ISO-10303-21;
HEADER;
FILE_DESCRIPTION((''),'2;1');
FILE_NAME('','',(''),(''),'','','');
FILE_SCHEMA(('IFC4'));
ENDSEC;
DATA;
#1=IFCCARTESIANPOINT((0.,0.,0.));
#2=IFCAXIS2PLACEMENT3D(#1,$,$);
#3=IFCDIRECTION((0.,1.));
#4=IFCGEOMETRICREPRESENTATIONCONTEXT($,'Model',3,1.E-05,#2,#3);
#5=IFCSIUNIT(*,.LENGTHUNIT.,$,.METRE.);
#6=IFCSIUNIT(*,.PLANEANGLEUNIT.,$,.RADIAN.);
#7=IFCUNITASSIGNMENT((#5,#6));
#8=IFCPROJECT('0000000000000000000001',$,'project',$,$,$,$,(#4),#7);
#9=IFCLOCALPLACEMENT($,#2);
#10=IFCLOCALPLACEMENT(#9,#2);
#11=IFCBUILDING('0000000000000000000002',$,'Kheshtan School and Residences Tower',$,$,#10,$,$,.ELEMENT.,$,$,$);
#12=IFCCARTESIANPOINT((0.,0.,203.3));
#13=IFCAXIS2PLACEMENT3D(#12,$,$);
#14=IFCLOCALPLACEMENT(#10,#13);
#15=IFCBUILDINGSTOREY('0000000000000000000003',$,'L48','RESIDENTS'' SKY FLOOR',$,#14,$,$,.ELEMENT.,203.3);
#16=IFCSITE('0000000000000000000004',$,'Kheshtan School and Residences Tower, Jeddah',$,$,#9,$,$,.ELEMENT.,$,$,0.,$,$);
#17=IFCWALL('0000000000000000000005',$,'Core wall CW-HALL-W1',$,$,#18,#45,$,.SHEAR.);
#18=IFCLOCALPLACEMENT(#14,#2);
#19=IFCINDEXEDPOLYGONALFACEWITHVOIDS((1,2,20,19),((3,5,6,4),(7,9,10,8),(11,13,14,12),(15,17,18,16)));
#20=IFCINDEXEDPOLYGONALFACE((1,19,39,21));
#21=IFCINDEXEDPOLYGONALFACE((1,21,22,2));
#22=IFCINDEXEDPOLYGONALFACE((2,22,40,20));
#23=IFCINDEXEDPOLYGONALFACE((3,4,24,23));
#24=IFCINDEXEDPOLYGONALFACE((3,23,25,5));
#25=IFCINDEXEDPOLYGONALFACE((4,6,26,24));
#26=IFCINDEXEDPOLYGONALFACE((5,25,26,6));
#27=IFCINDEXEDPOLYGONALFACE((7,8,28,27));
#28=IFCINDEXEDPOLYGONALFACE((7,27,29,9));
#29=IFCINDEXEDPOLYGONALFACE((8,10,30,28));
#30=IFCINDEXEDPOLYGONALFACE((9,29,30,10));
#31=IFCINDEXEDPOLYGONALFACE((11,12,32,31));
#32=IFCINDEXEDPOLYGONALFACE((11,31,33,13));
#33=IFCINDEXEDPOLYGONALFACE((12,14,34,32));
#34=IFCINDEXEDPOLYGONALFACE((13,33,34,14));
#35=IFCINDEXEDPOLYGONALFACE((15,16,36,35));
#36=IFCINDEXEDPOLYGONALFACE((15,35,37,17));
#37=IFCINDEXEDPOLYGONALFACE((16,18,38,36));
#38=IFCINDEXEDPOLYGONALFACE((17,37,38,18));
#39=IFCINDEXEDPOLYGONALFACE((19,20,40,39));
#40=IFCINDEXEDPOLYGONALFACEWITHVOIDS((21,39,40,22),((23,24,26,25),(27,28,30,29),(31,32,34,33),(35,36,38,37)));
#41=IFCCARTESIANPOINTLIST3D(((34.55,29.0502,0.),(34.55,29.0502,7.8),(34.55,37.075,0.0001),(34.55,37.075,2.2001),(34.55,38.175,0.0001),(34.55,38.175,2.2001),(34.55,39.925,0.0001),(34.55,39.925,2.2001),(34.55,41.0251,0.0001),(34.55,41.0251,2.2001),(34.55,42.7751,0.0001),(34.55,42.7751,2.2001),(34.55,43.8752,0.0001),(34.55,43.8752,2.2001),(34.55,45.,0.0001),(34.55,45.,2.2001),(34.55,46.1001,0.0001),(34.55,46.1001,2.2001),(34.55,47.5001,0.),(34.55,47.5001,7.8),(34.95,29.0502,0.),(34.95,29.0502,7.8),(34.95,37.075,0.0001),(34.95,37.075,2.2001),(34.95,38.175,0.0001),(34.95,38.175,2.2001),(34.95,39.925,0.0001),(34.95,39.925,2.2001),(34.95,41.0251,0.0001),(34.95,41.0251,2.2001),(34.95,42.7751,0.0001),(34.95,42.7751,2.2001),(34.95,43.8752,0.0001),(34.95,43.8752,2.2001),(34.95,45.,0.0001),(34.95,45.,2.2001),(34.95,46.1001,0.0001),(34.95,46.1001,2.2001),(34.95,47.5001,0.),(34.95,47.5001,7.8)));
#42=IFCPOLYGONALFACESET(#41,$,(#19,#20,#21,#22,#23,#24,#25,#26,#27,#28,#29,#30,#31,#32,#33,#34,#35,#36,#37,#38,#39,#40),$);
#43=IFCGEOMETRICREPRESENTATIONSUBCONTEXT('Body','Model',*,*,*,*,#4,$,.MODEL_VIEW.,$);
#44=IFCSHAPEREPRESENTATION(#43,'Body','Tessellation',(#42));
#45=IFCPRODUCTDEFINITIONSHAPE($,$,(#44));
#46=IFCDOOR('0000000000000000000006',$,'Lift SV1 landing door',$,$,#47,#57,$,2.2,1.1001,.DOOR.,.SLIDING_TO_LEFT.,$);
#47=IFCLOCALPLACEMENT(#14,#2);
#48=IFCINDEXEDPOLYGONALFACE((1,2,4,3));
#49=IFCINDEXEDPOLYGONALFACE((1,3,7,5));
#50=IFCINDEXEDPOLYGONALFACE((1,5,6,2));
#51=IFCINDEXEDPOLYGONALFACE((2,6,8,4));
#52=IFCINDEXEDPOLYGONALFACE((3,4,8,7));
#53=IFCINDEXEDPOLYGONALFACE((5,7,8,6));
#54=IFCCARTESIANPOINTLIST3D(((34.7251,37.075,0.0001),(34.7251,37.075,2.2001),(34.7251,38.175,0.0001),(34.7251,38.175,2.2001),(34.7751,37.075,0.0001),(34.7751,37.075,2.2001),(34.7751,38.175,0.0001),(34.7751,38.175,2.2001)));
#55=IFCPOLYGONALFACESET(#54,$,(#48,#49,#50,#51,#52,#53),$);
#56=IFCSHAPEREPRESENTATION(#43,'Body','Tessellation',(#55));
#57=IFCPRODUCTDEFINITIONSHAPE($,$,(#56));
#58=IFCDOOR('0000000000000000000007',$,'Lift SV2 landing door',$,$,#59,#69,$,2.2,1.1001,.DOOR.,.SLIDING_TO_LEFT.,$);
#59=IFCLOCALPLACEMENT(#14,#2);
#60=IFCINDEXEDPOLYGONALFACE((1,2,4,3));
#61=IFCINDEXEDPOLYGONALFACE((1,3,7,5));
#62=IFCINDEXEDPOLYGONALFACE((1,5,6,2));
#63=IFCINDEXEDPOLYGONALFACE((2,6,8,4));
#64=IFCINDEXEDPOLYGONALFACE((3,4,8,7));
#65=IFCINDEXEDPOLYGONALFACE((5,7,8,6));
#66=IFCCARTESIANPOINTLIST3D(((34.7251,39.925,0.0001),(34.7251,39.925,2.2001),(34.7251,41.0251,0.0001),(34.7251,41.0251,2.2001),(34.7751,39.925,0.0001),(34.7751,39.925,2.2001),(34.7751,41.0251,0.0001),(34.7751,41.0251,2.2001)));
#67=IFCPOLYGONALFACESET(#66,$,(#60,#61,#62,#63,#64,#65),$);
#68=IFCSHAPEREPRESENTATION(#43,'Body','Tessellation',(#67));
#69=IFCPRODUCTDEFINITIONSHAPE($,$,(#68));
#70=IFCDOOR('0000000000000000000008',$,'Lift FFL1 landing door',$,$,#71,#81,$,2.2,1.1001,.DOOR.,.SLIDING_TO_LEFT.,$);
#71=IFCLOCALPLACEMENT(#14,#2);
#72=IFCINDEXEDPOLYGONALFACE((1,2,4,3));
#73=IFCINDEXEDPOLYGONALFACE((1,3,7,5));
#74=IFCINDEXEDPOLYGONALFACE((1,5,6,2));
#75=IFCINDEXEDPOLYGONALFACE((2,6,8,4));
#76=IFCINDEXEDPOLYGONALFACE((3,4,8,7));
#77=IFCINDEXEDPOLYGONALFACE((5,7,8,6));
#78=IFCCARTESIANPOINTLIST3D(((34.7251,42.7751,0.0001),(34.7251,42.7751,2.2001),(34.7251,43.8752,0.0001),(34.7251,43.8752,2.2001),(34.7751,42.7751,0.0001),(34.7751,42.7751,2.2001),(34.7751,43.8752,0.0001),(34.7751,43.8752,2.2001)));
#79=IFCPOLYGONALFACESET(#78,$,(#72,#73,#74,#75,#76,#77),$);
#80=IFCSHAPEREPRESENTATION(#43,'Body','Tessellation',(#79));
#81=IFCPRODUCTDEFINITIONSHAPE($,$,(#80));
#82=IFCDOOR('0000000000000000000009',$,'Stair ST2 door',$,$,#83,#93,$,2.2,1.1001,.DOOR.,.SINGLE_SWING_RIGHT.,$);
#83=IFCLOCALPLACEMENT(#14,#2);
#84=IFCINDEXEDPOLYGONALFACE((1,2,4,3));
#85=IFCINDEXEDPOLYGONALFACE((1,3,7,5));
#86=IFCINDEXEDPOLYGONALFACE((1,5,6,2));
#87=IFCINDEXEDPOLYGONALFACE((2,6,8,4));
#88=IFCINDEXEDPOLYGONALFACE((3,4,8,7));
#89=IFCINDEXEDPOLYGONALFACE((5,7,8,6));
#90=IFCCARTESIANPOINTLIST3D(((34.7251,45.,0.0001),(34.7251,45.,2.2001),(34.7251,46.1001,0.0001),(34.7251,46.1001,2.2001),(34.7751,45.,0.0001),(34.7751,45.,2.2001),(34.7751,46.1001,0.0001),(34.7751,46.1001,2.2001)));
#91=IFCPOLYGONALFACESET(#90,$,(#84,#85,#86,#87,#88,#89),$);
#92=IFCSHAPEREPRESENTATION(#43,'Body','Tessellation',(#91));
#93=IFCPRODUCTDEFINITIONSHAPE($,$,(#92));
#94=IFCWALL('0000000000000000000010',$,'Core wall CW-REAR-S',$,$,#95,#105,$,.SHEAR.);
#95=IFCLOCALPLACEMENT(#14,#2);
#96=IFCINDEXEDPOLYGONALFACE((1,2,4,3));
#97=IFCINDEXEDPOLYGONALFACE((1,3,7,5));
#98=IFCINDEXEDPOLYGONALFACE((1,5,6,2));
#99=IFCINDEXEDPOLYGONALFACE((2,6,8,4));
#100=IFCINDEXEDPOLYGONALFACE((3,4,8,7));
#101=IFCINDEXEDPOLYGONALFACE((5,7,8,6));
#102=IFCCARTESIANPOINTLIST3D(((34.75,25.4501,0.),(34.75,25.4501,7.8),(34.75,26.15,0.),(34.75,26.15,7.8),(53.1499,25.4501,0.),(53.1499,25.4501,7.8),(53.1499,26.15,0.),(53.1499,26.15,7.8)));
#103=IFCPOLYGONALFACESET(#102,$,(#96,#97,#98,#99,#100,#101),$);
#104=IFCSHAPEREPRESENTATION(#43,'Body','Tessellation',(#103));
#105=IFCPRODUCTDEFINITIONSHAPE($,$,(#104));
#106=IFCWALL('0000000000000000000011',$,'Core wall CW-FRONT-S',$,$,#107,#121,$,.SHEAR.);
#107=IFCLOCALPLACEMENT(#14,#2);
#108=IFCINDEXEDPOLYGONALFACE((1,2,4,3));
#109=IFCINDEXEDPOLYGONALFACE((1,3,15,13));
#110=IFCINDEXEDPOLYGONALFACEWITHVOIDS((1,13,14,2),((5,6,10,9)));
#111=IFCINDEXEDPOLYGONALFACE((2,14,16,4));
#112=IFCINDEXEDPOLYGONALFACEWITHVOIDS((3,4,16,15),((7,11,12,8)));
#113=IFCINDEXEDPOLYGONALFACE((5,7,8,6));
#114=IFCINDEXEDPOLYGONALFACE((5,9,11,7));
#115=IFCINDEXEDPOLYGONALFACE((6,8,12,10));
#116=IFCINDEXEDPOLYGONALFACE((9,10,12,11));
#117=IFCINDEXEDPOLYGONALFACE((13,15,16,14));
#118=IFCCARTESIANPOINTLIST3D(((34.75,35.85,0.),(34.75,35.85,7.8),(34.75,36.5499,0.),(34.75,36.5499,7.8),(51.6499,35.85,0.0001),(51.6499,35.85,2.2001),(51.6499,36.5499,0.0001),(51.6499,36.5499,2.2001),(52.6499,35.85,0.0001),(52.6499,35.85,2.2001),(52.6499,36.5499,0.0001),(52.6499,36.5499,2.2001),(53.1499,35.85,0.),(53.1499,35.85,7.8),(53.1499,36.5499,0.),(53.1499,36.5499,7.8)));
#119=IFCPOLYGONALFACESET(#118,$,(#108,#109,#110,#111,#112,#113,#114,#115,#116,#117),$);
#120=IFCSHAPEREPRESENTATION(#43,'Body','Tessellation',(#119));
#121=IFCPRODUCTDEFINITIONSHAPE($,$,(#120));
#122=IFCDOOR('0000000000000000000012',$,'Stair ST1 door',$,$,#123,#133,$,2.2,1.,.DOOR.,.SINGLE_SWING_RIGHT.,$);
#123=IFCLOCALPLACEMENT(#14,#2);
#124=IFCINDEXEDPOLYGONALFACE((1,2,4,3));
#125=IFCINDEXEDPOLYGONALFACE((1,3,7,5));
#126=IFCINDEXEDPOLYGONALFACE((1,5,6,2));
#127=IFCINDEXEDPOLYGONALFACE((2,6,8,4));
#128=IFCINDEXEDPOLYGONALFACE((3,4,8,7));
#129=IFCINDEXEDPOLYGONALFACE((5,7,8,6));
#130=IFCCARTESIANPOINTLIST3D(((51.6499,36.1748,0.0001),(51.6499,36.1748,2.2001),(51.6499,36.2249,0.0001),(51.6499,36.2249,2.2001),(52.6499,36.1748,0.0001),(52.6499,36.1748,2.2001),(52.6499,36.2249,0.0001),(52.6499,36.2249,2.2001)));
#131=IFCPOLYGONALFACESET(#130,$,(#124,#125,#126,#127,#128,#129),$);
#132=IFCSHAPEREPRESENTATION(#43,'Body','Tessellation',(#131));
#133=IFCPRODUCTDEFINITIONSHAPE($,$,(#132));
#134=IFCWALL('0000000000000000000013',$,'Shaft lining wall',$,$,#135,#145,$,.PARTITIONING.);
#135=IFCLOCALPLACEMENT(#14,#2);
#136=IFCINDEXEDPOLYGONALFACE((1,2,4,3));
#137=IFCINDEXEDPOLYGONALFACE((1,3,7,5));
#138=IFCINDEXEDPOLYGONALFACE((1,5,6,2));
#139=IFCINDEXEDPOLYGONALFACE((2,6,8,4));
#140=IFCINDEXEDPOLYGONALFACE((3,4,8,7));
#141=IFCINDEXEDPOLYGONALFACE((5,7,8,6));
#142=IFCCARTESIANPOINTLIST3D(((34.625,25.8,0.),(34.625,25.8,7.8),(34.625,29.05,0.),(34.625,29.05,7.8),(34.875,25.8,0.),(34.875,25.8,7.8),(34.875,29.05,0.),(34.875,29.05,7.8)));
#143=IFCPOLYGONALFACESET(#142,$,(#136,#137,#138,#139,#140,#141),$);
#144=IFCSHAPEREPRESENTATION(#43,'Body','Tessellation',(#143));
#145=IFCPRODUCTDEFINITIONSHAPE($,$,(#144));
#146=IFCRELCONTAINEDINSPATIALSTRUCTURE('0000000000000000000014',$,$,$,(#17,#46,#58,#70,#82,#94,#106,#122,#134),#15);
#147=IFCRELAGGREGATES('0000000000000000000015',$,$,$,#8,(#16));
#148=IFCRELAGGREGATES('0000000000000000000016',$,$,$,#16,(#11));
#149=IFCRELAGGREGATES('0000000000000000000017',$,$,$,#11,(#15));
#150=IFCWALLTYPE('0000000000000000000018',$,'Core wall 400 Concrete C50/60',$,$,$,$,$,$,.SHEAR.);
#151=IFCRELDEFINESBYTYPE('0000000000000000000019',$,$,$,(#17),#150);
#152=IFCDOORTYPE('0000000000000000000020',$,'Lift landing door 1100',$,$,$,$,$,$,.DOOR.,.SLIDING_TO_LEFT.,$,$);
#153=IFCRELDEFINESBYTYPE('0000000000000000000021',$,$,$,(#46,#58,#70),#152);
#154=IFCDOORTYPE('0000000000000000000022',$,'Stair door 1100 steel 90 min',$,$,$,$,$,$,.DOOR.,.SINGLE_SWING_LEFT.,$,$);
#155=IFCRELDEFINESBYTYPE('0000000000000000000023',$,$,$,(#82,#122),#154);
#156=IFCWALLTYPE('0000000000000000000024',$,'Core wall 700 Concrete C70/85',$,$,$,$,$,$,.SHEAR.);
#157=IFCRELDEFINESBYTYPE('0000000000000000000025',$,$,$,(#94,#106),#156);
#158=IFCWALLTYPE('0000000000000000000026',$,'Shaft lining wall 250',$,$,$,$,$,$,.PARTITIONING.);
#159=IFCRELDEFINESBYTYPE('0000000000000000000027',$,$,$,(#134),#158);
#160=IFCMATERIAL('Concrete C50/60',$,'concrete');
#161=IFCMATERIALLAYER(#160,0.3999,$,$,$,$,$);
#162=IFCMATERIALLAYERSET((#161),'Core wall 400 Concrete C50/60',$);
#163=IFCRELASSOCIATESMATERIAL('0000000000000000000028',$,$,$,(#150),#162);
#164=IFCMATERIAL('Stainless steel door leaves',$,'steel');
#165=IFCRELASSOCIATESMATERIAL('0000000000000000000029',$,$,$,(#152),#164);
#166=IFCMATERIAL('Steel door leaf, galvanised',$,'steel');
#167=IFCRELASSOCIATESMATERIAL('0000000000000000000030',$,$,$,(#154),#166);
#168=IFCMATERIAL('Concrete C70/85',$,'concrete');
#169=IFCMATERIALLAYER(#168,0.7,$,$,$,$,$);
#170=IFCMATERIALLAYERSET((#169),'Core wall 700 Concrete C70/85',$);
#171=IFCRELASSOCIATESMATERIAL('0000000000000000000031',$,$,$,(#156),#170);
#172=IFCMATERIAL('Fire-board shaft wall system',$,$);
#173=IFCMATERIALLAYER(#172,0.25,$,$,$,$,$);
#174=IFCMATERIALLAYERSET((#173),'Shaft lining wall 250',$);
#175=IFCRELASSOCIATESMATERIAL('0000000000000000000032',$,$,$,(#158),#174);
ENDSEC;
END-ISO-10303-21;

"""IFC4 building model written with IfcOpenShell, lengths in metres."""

from ifc_helpers import new_model, si_unit, direction, frame, frame_2d, origin, place, context, subcontext, project, spatial, rectangle, extrude, source, transform, mapped, material, layer, layer_set, type_object, element, fill, save


model = new_model("IFC4")

# Units and contexts
model_context = context("Model", 3, precision=1e-05, world=origin(), true_north=direction((0.0, 1.0)))
body_context = subcontext(model_context, "Body", "Model", "MODEL_VIEW")
ifc_project = project(units=[si_unit("LENGTHUNIT", "METRE"), si_unit("PLANEANGLEUNIT", "RADIAN")], contexts=[model_context])

# Site, building, storey
site_placement = place(None, origin())
site = spatial("IfcSite", under=ifc_project, at=site_placement, Name="Kheshtan School and Residences Tower, Jeddah", CompositionType="ELEMENT", RefElevation=0.0)
building_placement = place(site_placement, origin())
building = spatial("IfcBuilding", under=site, at=building_placement, Name="Kheshtan School and Residences Tower", CompositionType="ELEMENT")
storey_placement = place(building_placement, frame((0.0, 0.0, 203.3)))
storey = spatial("IfcBuildingStorey", under=building, at=storey_placement, Name="L48", Description="RESIDENTS' SKY FLOOR", CompositionType="ELEMENT", Elevation=203.3)

# Shared definitions
ifc_material_1 = material(Name="Concrete C50/60", Category="concrete")
ifc_layer_1 = layer(ifc_material_1, 0.3999)
ifc_layer_set_1 = layer_set([ifc_layer_1], Name="Core wall 400 Concrete C50/60")
wall_type_1 = type_object("IfcWallType", Name="Core wall 400 Concrete C50/60", PredefinedType="SHEAR", material=ifc_layer_set_1)
ifc_material_2 = material(Name="Stainless steel door leaves", Category="steel")
door_type_1 = type_object("IfcDoorType", Name="Lift landing door 1100", OperationType="SLIDING_TO_LEFT", PredefinedType="DOOR", material=ifc_material_2)
shared_shape_1 = source(origin(), body_context, "Body", "SweptSolid", [
    extrude(rectangle(XDim=1.1001, YDim=2.2, at=frame_2d((0.55, 1.1001))), frame((0.0, 0.0249, 0.0), z_axis=(0.0, -1.0, 0.0), x_axis=(1.0, 0.0, 0.0)), (0.0, 0.0, 1.0), 0.05),
])

# Wall, openings, doors
wall_1_placement = place(storey_placement, frame((34.75, 29.05, 0.0), z_axis=(0.0, 0.0, 1.0), x_axis=(0.0, 1.0, 0.0)))
wall_1 = element("IfcWall", 1, at=wall_1_placement, inside=storey, type_object=wall_type_1, Name="Core wall CW-HALL-W1", PredefinedType="SHEAR", context=body_context, shape_type="SweptSolid", body=[
    extrude(rectangle(XDim=18.45, YDim=0.3999, at=frame_2d((9.2251, 0.0))), origin(), (0.0, 0.0, 1.0), 7.8),
])
opening_1_placement = place(wall_1_placement, frame((8.0249, 0.0, 0.0)))
opening_1 = element("IfcOpeningElement", 2, at=opening_1_placement, cuts=wall_1, PredefinedType="OPENING", context=body_context, shape_type="SweptSolid", body=[
    extrude(rectangle(XDim=1.1001, YDim=2.2, at=frame_2d((0.55, 1.1001))), frame((0.0, 0.21, 0.0), z_axis=(0.0, -1.0, 0.0), x_axis=(1.0, 0.0, 0.0)), (0.0, 0.0, 1.0), 0.4199),
])
opening_2_placement = place(wall_1_placement, frame((10.875, 0.0, 0.0)))
opening_2 = element("IfcOpeningElement", 3, at=opening_2_placement, cuts=wall_1, PredefinedType="OPENING", context=body_context, shape_type="SweptSolid", body=[
    extrude(rectangle(XDim=1.1001, YDim=2.2, at=frame_2d((0.55, 1.1001))), frame((0.0, 0.21, 0.0), z_axis=(0.0, -1.0, 0.0), x_axis=(1.0, 0.0, 0.0)), (0.0, 0.0, 1.0), 0.4199),
])
opening_3_placement = place(wall_1_placement, frame((13.7251, 0.0, 0.0)))
opening_3 = element("IfcOpeningElement", 4, at=opening_3_placement, cuts=wall_1, PredefinedType="OPENING", context=body_context, shape_type="SweptSolid", body=[
    extrude(rectangle(XDim=1.1001, YDim=2.2, at=frame_2d((0.55, 1.1001))), frame((0.0, 0.21, 0.0), z_axis=(0.0, -1.0, 0.0), x_axis=(1.0, 0.0, 0.0)), (0.0, 0.0, 1.0), 0.4199),
])
opening_4_placement = place(wall_1_placement, frame((15.95, 0.0, 0.0)))
opening_4 = element("IfcOpeningElement", 5, at=opening_4_placement, cuts=wall_1, PredefinedType="OPENING", context=body_context, shape_type="SweptSolid", body=[
    extrude(rectangle(XDim=1.1001, YDim=2.2, at=frame_2d((0.55, 1.1001))), frame((0.0, 0.21, 0.0), z_axis=(0.0, -1.0, 0.0), x_axis=(1.0, 0.0, 0.0)), (0.0, 0.0, 1.0), 0.4199),
])
door_1_placement = place(opening_1_placement, origin())
door_1 = element("IfcDoor", 6, at=door_1_placement, inside=storey, type_object=door_type_1, Name="Lift SV1 landing door", OperationType="SLIDING_TO_LEFT", OverallHeight=2.2, OverallWidth=1.1001, PredefinedType="DOOR", context=body_context, shape_type="MappedRepresentation", body=[
    mapped(shared_shape_1, transform((0.0, 0.0, 0.0), x_axis=(1.0, 0.0, 0.0), y_axis=(0.0, 1.0, 0.0), z_axis=(0.0, 0.0, 1.0), scale=1.0)),
])
fill(opening_1, door_1)
door_2_placement = place(opening_2_placement, origin())
door_2 = element("IfcDoor", 7, at=door_2_placement, inside=storey, type_object=door_type_1, Name="Lift SV2 landing door", OperationType="SLIDING_TO_LEFT", OverallHeight=2.2, OverallWidth=1.1001, PredefinedType="DOOR", context=body_context, shape_type="MappedRepresentation", body=[
    mapped(shared_shape_1, transform((0.0, 0.0, 0.0), x_axis=(1.0, 0.0, 0.0), y_axis=(0.0, 1.0, 0.0), z_axis=(0.0, 0.0, 1.0), scale=1.0)),
])
fill(opening_2, door_2)
door_3_placement = place(opening_3_placement, origin())
door_3 = element("IfcDoor", 8, at=door_3_placement, inside=storey, type_object=door_type_1, Name="Lift FFL1 landing door", OperationType="SLIDING_TO_LEFT", OverallHeight=2.2, OverallWidth=1.1001, PredefinedType="DOOR", context=body_context, shape_type="MappedRepresentation", body=[
    mapped(shared_shape_1, transform((0.0, 0.0, 0.0), x_axis=(1.0, 0.0, 0.0), y_axis=(0.0, 1.0, 0.0), z_axis=(0.0, 0.0, 1.0), scale=1.0)),
])
fill(opening_3, door_3)
ifc_material_3 = material(Name="Steel door leaf, galvanised", Category="steel")
door_type_2 = type_object("IfcDoorType", Name="Stair door 1100 steel 90 min", OperationType="SINGLE_SWING_LEFT", PredefinedType="DOOR", material=ifc_material_3)
shared_shape_2 = source(origin(), body_context, "Body", "SweptSolid", [
    extrude(rectangle(XDim=1.1001, YDim=2.2, at=frame_2d((0.55, 1.1001))), frame((0.0, 0.0249, 0.0), z_axis=(0.0, -1.0, 0.0), x_axis=(1.0, 0.0, 0.0)), (0.0, 0.0, 1.0), 0.05),
])
door_4_placement = place(opening_4_placement, origin())
door_4 = element("IfcDoor", 9, at=door_4_placement, inside=storey, type_object=door_type_2, Name="Stair ST2 door", OperationType="SINGLE_SWING_RIGHT", OverallHeight=2.2, OverallWidth=1.1001, PredefinedType="DOOR", context=body_context, shape_type="MappedRepresentation", body=[
    mapped(shared_shape_2, transform((0.0, 0.0, 0.0), x_axis=(1.0, 0.0, 0.0), y_axis=(0.0, 1.0, 0.0), z_axis=(0.0, 0.0, 1.0), scale=1.0)),
])
fill(opening_4, door_4)

# Wall
ifc_material_4 = material(Name="Concrete C70/85", Category="concrete")
ifc_layer_2 = layer(ifc_material_4, 0.7)
ifc_layer_set_2 = layer_set([ifc_layer_2], Name="Core wall 700 Concrete C70/85")
wall_type_2 = type_object("IfcWallType", Name="Core wall 700 Concrete C70/85", PredefinedType="SHEAR", material=ifc_layer_set_2)
wall_2_placement = place(storey_placement, frame((34.75, 25.8, 0.0), z_axis=(0.0, 0.0, 1.0), x_axis=(1.0, 0.0, 0.0)))
element("IfcWall", 10, at=wall_2_placement, inside=storey, type_object=wall_type_2, Name="Core wall CW-REAR-S", PredefinedType="SHEAR", context=body_context, shape_type="SweptSolid", body=[
    extrude(rectangle(XDim=18.3999, YDim=0.7, at=frame_2d((9.2, 0.0))), origin(), (0.0, 0.0, 1.0), 7.8),
])

# Wall, opening, door
wall_3_placement = place(storey_placement, frame((34.75, 36.2, 0.0), z_axis=(0.0, 0.0, 1.0), x_axis=(1.0, 0.0, 0.0)))
wall_3 = element("IfcWall", 11, at=wall_3_placement, inside=storey, type_object=wall_type_2, Name="Core wall CW-FRONT-S", PredefinedType="SHEAR", context=body_context, shape_type="SweptSolid", body=[
    extrude(rectangle(XDim=18.3999, YDim=0.7, at=frame_2d((9.2, 0.0))), origin(), (0.0, 0.0, 1.0), 7.8),
])
opening_5_placement = place(wall_3_placement, frame((16.8999, 0.0, 0.0)))
opening_5 = element("IfcOpeningElement", 12, at=opening_5_placement, cuts=wall_3, PredefinedType="OPENING", context=body_context, shape_type="SweptSolid", body=[
    extrude(rectangle(XDim=1.0, YDim=2.2, at=frame_2d((0.5, 1.1001))), frame((0.0, 0.3599, 0.0), z_axis=(0.0, -1.0, 0.0), x_axis=(1.0, 0.0, 0.0)), (0.0, 0.0, 1.0), 0.72),
])
shared_shape_3 = source(origin(), body_context, "Body", "SweptSolid", [
    extrude(rectangle(XDim=1.0, YDim=2.2, at=frame_2d((0.5, 1.1001))), frame((0.0, 0.0249, 0.0), z_axis=(0.0, -1.0, 0.0), x_axis=(1.0, 0.0, 0.0)), (0.0, 0.0, 1.0), 0.05),
])
door_5_placement = place(opening_5_placement, origin())
door_5 = element("IfcDoor", 13, at=door_5_placement, inside=storey, type_object=door_type_2, Name="Stair ST1 door", OperationType="SINGLE_SWING_RIGHT", OverallHeight=2.2, OverallWidth=1.0, PredefinedType="DOOR", context=body_context, shape_type="MappedRepresentation", body=[
    mapped(shared_shape_3, transform((0.0, 0.0, 0.0), x_axis=(1.0, 0.0, 0.0), y_axis=(0.0, 1.0, 0.0), z_axis=(0.0, 0.0, 1.0), scale=1.0)),
])
fill(opening_5, door_5)

# Wall
ifc_material_5 = material(Name="Fire-board shaft wall system")
ifc_layer_3 = layer(ifc_material_5, 0.25)
ifc_layer_set_3 = layer_set([ifc_layer_3], Name="Shaft lining wall 250")
wall_type_3 = type_object("IfcWallType", Name="Shaft lining wall 250", PredefinedType="PARTITIONING", material=ifc_layer_set_3)
wall_4_placement = place(storey_placement, frame((34.75, 25.8, 0.0), z_axis=(0.0, 0.0, 1.0), x_axis=(0.0, 1.0, 0.0)))
element("IfcWall", 14, at=wall_4_placement, inside=storey, type_object=wall_type_3, Name="Shaft lining wall", PredefinedType="PARTITIONING", context=body_context, shape_type="SweptSolid", body=[
    extrude(rectangle(XDim=3.25, YDim=0.25, at=frame_2d((1.625, 0.0))), origin(), (0.0, 0.0, 1.0), 7.8),
])

save(model, "model.ifc")
